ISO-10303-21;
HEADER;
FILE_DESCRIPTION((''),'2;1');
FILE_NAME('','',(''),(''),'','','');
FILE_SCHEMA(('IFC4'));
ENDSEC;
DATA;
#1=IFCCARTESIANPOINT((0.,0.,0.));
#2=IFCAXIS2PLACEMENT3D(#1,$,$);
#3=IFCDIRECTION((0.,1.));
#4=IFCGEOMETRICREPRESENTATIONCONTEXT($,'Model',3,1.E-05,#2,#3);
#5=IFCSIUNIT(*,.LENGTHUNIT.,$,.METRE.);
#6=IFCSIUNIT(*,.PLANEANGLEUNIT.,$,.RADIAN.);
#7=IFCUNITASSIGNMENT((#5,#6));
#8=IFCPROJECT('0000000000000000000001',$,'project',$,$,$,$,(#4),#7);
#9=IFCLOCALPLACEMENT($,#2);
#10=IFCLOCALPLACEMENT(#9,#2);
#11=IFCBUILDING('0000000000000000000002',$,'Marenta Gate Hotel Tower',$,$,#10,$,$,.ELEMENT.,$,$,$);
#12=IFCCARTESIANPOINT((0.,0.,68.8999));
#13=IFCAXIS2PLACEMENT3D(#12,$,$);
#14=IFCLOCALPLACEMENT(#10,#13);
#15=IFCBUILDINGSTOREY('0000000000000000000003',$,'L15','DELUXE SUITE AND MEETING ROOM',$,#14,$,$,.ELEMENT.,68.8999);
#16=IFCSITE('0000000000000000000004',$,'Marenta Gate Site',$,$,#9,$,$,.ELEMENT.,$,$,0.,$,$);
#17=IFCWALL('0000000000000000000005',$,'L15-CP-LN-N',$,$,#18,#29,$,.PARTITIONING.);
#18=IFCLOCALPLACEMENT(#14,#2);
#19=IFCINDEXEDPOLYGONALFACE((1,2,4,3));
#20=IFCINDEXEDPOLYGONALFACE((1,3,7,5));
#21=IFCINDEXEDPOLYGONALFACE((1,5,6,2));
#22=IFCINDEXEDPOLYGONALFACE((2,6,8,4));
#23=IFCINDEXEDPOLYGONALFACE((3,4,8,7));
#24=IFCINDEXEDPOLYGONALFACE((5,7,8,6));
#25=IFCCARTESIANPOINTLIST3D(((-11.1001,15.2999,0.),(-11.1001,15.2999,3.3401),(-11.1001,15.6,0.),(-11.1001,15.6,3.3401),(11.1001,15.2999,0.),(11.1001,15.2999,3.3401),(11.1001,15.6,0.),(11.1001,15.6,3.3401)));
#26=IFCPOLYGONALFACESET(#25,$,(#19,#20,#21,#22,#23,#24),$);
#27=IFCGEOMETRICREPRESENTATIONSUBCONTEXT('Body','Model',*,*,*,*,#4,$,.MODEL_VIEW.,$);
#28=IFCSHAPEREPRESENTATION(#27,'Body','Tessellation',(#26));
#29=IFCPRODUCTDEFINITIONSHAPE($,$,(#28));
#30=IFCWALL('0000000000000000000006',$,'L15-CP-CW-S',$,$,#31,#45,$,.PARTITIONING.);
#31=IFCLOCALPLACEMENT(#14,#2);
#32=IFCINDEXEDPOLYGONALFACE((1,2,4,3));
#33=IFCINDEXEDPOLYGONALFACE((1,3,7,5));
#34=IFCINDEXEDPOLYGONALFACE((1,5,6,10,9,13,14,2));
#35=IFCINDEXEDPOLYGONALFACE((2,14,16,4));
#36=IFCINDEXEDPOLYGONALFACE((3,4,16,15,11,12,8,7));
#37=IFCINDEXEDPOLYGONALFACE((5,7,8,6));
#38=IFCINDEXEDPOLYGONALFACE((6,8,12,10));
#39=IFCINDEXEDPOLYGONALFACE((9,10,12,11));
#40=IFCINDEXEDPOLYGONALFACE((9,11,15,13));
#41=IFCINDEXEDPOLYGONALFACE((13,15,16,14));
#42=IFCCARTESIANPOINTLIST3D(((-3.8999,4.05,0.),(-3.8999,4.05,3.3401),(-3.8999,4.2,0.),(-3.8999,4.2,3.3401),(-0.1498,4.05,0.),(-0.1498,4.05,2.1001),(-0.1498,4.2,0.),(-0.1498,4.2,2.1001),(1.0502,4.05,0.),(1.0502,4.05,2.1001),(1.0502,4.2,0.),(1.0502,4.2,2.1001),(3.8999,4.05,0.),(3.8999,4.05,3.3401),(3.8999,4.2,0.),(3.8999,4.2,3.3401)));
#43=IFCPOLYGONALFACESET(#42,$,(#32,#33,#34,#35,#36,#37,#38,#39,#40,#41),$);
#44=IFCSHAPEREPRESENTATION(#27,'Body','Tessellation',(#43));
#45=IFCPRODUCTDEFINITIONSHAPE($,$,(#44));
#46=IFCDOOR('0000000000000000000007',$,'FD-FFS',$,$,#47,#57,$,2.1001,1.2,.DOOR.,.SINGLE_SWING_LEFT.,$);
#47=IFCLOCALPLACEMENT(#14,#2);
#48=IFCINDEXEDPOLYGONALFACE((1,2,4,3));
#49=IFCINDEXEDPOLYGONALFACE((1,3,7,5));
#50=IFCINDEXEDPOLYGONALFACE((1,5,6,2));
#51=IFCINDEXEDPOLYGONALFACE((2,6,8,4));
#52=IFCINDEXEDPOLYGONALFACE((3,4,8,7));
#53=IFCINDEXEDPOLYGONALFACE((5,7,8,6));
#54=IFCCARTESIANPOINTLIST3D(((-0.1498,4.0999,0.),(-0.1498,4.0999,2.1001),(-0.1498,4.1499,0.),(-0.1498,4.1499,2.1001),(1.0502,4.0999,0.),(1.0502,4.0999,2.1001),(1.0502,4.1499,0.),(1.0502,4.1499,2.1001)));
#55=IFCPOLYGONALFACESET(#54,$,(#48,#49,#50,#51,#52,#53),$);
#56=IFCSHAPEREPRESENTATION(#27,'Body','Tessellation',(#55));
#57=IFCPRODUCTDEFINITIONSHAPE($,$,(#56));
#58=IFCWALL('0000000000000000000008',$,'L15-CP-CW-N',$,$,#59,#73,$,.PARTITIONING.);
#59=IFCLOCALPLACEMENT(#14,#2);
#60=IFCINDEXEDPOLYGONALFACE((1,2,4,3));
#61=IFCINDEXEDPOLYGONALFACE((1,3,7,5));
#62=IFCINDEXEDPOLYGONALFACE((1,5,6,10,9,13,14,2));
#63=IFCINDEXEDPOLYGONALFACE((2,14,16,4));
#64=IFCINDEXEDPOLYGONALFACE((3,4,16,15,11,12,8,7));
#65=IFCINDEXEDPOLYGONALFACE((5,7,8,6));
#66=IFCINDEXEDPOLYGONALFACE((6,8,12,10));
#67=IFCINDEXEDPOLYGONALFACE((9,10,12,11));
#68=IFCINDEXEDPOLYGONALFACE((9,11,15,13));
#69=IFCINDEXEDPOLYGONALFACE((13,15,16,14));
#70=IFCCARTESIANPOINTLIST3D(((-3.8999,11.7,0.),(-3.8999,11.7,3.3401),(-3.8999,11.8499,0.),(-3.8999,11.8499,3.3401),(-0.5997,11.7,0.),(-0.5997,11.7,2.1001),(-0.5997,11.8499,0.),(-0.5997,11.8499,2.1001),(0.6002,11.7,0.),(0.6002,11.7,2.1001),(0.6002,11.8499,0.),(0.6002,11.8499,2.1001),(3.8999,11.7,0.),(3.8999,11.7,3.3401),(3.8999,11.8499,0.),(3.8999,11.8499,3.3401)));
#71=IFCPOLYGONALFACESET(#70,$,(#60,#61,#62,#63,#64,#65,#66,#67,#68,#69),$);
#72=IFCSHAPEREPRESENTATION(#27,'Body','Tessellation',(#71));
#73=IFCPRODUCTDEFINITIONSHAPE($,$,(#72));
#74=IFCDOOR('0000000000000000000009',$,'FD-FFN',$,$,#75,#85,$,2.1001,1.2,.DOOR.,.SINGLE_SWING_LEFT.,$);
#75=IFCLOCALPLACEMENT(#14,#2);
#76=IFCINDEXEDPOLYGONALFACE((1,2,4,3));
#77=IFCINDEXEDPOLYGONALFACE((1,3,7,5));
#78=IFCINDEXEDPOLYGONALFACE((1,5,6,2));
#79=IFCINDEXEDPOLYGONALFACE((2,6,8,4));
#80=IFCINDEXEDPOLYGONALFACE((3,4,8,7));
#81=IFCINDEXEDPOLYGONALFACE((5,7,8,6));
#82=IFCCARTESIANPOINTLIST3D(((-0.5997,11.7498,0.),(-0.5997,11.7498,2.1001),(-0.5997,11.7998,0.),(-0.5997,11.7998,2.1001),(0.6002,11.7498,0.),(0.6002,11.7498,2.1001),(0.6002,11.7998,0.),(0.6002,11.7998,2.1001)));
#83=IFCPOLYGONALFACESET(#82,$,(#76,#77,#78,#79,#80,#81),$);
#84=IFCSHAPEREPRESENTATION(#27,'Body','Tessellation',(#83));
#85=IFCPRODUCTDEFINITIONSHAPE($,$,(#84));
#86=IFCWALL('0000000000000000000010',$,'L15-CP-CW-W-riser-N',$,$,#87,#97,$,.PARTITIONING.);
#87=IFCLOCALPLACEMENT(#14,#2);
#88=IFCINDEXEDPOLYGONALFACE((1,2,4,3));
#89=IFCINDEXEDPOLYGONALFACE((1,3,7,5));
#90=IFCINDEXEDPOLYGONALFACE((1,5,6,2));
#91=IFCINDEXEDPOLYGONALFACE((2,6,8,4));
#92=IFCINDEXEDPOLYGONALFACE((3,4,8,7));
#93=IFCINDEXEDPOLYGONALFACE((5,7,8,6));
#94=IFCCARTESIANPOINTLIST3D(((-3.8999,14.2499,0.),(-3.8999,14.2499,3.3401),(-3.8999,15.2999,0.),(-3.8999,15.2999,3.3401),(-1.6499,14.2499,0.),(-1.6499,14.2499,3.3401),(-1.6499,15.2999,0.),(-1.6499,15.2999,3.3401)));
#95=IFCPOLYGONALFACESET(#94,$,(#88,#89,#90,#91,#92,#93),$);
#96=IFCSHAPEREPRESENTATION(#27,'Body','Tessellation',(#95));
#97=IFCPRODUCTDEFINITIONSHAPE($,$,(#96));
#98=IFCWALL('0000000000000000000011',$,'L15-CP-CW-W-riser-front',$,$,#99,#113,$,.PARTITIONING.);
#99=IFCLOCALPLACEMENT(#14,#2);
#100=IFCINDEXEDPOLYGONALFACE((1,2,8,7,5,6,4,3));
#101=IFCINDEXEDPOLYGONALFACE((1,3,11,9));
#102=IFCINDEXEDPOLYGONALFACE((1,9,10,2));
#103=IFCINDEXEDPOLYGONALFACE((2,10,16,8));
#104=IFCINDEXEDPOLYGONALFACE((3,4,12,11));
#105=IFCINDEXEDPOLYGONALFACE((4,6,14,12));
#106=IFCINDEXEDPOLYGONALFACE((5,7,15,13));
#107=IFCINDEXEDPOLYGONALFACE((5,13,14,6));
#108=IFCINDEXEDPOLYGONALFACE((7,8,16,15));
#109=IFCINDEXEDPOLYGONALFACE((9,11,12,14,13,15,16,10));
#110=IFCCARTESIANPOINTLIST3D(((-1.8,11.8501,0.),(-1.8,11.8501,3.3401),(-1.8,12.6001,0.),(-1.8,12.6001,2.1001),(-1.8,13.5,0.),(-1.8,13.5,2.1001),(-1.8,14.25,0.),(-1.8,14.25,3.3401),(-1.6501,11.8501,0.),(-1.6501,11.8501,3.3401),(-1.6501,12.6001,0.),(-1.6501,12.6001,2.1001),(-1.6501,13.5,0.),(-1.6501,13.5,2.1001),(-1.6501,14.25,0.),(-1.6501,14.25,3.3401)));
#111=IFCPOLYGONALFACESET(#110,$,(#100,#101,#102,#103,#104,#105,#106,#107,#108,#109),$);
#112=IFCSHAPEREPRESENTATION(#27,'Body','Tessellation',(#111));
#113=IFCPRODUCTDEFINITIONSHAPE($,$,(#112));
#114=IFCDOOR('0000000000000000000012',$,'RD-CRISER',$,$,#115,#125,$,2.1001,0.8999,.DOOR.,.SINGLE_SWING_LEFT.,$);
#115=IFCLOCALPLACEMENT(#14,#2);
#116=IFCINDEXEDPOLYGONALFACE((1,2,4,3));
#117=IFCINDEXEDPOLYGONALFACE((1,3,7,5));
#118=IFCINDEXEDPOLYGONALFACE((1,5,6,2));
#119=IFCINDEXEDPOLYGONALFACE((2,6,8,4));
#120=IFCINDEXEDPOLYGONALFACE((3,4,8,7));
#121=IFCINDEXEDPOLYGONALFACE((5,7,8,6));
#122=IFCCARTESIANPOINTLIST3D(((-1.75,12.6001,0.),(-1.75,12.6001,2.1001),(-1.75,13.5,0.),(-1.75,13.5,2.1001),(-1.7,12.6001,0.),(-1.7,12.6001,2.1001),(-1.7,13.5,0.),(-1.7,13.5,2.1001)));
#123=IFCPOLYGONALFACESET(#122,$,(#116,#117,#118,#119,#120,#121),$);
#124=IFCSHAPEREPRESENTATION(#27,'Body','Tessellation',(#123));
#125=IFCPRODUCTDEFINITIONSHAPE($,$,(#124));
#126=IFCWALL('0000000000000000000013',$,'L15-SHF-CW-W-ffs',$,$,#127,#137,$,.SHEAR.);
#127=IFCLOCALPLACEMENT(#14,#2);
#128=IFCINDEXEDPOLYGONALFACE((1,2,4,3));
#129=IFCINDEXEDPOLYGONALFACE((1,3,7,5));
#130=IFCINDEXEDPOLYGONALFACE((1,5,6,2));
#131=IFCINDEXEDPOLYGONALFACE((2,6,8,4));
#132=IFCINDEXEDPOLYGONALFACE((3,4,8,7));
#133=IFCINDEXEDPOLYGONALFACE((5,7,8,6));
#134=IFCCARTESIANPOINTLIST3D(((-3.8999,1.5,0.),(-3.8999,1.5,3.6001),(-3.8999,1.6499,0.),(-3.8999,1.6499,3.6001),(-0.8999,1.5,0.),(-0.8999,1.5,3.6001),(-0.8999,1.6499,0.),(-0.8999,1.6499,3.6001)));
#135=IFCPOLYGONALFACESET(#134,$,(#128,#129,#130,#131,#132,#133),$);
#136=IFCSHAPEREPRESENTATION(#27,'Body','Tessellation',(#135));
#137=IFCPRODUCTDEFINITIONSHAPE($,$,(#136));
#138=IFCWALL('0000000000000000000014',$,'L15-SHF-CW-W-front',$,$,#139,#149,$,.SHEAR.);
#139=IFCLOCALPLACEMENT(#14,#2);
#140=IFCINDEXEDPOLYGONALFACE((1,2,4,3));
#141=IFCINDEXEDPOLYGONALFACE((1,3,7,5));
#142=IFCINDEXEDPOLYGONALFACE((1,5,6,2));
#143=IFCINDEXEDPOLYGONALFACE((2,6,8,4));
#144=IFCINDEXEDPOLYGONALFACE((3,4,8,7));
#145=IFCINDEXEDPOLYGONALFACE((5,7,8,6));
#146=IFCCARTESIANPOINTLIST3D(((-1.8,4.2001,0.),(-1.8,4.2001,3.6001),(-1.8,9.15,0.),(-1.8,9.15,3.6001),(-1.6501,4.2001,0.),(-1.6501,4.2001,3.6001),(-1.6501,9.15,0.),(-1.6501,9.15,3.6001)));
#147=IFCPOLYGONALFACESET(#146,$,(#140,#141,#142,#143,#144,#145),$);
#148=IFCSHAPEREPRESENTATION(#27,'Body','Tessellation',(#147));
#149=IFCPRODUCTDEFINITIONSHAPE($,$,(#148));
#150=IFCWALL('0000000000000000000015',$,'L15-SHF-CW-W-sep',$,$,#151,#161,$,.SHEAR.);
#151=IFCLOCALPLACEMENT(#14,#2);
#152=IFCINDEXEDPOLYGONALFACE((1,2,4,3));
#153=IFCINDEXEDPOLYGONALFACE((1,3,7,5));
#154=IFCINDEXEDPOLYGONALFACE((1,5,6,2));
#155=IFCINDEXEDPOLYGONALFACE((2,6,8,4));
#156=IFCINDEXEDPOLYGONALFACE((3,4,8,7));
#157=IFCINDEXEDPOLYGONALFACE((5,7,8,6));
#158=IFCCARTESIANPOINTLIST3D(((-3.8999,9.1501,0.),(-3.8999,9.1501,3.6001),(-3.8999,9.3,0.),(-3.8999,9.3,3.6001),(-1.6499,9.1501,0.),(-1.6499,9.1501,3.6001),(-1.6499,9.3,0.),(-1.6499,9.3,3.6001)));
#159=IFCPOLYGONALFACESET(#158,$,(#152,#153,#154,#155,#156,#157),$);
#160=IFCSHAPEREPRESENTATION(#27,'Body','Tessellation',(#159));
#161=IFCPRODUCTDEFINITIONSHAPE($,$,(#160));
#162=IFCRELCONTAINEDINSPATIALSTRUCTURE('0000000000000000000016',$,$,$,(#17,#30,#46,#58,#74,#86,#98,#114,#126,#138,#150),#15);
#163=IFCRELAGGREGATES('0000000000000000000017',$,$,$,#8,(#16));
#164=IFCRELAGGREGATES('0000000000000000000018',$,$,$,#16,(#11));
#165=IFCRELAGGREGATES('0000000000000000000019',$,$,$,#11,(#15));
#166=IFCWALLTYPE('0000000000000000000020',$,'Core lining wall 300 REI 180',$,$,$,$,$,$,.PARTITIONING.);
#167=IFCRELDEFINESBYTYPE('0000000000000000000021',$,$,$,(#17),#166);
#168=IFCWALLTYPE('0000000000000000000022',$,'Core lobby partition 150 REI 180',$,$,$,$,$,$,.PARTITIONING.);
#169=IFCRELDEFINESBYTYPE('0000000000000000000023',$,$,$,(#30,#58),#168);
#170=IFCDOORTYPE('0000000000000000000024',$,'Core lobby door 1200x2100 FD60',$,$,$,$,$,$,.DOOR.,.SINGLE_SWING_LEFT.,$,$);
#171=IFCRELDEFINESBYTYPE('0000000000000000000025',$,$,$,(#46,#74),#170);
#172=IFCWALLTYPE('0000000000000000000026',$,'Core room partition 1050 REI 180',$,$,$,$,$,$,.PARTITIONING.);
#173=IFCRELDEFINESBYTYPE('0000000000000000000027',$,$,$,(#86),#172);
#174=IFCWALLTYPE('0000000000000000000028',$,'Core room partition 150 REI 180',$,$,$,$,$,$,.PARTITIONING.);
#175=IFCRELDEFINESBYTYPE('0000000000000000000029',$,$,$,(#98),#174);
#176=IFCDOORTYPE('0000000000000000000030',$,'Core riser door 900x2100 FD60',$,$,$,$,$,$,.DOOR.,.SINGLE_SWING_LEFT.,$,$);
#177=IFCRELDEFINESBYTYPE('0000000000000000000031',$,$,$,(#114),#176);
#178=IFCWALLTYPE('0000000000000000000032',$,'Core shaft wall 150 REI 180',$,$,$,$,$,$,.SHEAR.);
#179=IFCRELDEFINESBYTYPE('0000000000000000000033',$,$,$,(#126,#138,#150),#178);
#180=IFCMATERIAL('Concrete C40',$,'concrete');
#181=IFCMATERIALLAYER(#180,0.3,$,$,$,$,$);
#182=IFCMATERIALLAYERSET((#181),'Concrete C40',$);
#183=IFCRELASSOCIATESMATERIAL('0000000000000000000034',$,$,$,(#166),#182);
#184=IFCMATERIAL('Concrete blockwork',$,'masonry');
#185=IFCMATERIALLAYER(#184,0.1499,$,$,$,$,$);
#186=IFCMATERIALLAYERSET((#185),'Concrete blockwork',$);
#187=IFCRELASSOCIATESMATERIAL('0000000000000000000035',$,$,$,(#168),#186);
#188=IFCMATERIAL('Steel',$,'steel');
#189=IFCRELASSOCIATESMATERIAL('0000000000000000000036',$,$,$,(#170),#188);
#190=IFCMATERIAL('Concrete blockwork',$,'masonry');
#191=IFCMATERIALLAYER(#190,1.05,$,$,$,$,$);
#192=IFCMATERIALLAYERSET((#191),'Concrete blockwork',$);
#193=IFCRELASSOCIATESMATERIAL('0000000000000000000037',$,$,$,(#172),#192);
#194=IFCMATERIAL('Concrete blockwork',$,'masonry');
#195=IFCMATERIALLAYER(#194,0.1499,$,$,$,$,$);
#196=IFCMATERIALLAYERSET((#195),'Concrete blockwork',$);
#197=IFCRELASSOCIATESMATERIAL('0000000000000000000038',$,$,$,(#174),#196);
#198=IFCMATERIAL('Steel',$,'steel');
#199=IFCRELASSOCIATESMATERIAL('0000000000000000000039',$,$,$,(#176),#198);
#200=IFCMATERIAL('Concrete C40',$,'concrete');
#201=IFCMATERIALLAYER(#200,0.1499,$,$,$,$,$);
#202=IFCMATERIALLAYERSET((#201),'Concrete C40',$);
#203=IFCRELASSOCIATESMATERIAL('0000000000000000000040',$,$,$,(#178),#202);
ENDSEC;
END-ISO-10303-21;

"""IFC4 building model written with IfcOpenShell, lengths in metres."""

from ifc_helpers import new_model, si_unit, direction, frame, frame_2d, origin, place, context, subcontext, project, spatial, rectangle, extrude, material, layer, layer_set, type_object, element, fill, save


model = new_model("IFC4")

# Units and contexts
model_context = context("Model", 3, precision=1e-05, world=origin(), true_north=direction((0.0, 1.0)))
body_context = subcontext(model_context, "Body", "Model", "MODEL_VIEW")
ifc_project = project(units=[si_unit("LENGTHUNIT", "METRE"), si_unit("PLANEANGLEUNIT", "RADIAN")], contexts=[model_context])

# Site, building, storey
site_placement = place(None, origin())
site = spatial("IfcSite", under=ifc_project, at=site_placement, Name="Marenta Gate Site", CompositionType="ELEMENT", RefElevation=0.0)
building_placement = place(site_placement, origin())
building = spatial("IfcBuilding", under=site, at=building_placement, Name="Marenta Gate Hotel Tower", CompositionType="ELEMENT")
storey_placement = place(building_placement, frame((0.0, 0.0, 68.8999)))
storey = spatial("IfcBuildingStorey", under=building, at=storey_placement, Name="L15", Description="DELUXE SUITE AND MEETING ROOM", CompositionType="ELEMENT", Elevation=68.8999)

# Wall
ifc_material_1 = material(Name="Concrete C40", Category="concrete")
ifc_layer_1 = layer(ifc_material_1, 0.3)
ifc_layer_set_1 = layer_set([ifc_layer_1], Name="Concrete C40")
wall_type_1 = type_object("IfcWallType", Name="Core lining wall 300 REI 180", PredefinedType="PARTITIONING", material=ifc_layer_set_1)
wall_1_placement = place(storey_placement, frame((-11.1001, 15.45, 0.0), z_axis=(0.0, 0.0, 1.0), x_axis=(1.0, 0.0, 0.0)))
element("IfcWall", 1, at=wall_1_placement, inside=storey, type_object=wall_type_1, Name="L15-CP-LN-N", PredefinedType="PARTITIONING", context=body_context, shape_type="SweptSolid", body=[
    extrude(rectangle(XDim=22.2002, YDim=0.3, at=frame_2d((11.1001, 0.0))), origin(), (0.0, 0.0, 1.0), 3.3401),
])

# Walls, openings, doors
ifc_material_2 = material(Name="Concrete blockwork", Category="masonry")
ifc_layer_2 = layer(ifc_material_2, 0.1499)
ifc_layer_set_2 = layer_set([ifc_layer_2], Name="Concrete blockwork")
wall_type_2 = type_object("IfcWallType", Name="Core lobby partition 150 REI 180", PredefinedType="PARTITIONING", material=ifc_layer_set_2)
wall_2_placement = place(storey_placement, frame((-3.8999, 4.125, 0.0), z_axis=(0.0, 0.0, 1.0), x_axis=(1.0, 0.0, 0.0)))
wall_2 = element("IfcWall", 2, at=wall_2_placement, inside=storey, type_object=wall_type_2, Name="L15-CP-CW-S", PredefinedType="PARTITIONING", context=body_context, shape_type="SweptSolid", body=[
    extrude(rectangle(XDim=7.7998, YDim=0.1499, at=frame_2d((3.8999, 0.0))), origin(), (0.0, 0.0, 1.0), 3.3401),
])
opening_1_placement = place(wall_2_placement, frame((3.75, 0.0, 0.0)))
opening_1 = element("IfcOpeningElement", 3, at=opening_1_placement, cuts=wall_2, PredefinedType="OPENING", context=body_context, shape_type="SweptSolid", body=[
    extrude(rectangle(XDim=1.2, YDim=2.1001, at=frame_2d((0.6001, 1.05))), frame((0.0, 0.075, 0.0), z_axis=(0.0, -1.0, 0.0), x_axis=(1.0, 0.0, 0.0)), (0.0, 0.0, 1.0), 0.1499),
])
ifc_material_3 = material(Name="Steel", Category="steel")
door_type_1 = type_object("IfcDoorType", Name="Core lobby door 1200x2100 FD60", OperationType="SINGLE_SWING_LEFT", PredefinedType="DOOR", material=ifc_material_3)
door_1_placement = place(opening_1_placement, origin())
door_1 = element("IfcDoor", 4, at=door_1_placement, inside=storey, type_object=door_type_1, Name="FD-FFS", OperationType="SINGLE_SWING_LEFT", OverallHeight=2.1001, OverallWidth=1.2, PredefinedType="DOOR", context=body_context, shape_type="SweptSolid", body=[
    extrude(rectangle(XDim=1.2, YDim=2.1001, at=frame_2d((0.6001, 1.05))), frame((0.0, 0.0249, 0.0), z_axis=(0.0, -1.0, 0.0), x_axis=(1.0, 0.0, 0.0)), (0.0, 0.0, 1.0), 0.05),
])
fill(opening_1, door_1)
wall_3_placement = place(storey_placement, frame((-3.8999, 11.7749, 0.0), z_axis=(0.0, 0.0, 1.0), x_axis=(1.0, 0.0, 0.0)))
wall_3 = element("IfcWall", 5, at=wall_3_placement, inside=storey, type_object=wall_type_2, Name="L15-CP-CW-N", PredefinedType="PARTITIONING", context=body_context, shape_type="SweptSolid", body=[
    extrude(rectangle(XDim=7.7998, YDim=0.1499, at=frame_2d((3.8999, 0.0))), origin(), (0.0, 0.0, 1.0), 3.3401),
])
opening_2_placement = place(wall_3_placement, frame((3.3, 0.0, 0.0)))
opening_2 = element("IfcOpeningElement", 6, at=opening_2_placement, cuts=wall_3, PredefinedType="OPENING", context=body_context, shape_type="SweptSolid", body=[
    extrude(rectangle(XDim=1.2, YDim=2.1001, at=frame_2d((0.6001, 1.05))), frame((0.0, 0.075, 0.0), z_axis=(0.0, -1.0, 0.0), x_axis=(1.0, 0.0, 0.0)), (0.0, 0.0, 1.0), 0.1499),
])
door_2_placement = place(opening_2_placement, origin())
door_2 = element("IfcDoor", 7, at=door_2_placement, inside=storey, type_object=door_type_1, Name="FD-FFN", OperationType="SINGLE_SWING_LEFT", OverallHeight=2.1001, OverallWidth=1.2, PredefinedType="DOOR", context=body_context, shape_type="SweptSolid", body=[
    extrude(rectangle(XDim=1.2, YDim=2.1001, at=frame_2d((0.6001, 1.05))), frame((0.0, 0.0249, 0.0), z_axis=(0.0, -1.0, 0.0), x_axis=(1.0, 0.0, 0.0)), (0.0, 0.0, 1.0), 0.05),
])
fill(opening_2, door_2)

# Wall
ifc_material_4 = material(Name="Concrete blockwork", Category="masonry")
ifc_layer_3 = layer(ifc_material_4, 1.05)
ifc_layer_set_3 = layer_set([ifc_layer_3], Name="Concrete blockwork")
wall_type_3 = type_object("IfcWallType", Name="Core room partition 1050 REI 180", PredefinedType="PARTITIONING", material=ifc_layer_set_3)
wall_4_placement = place(storey_placement, frame((-3.8999, 14.7749, 0.0), z_axis=(0.0, 0.0, 1.0), x_axis=(1.0, 0.0, 0.0)))
element("IfcWall", 8, at=wall_4_placement, inside=storey, type_object=wall_type_3, Name="L15-CP-CW-W-riser-N", PredefinedType="PARTITIONING", context=body_context, shape_type="SweptSolid", body=[
    extrude(rectangle(XDim=2.25, YDim=1.05, at=frame_2d((1.125, 0.0))), origin(), (0.0, 0.0, 1.0), 3.3401),
])

# Wall, opening, door
ifc_material_5 = material(Name="Concrete blockwork", Category="masonry")
ifc_layer_4 = layer(ifc_material_5, 0.1499)
ifc_layer_set_4 = layer_set([ifc_layer_4], Name="Concrete blockwork")
wall_type_4 = type_object("IfcWallType", Name="Core room partition 150 REI 180", PredefinedType="PARTITIONING", material=ifc_layer_set_4)
wall_5_placement = place(storey_placement, frame((-1.7251, 11.8501, 0.0), z_axis=(0.0, 0.0, 1.0), x_axis=(0.0, 1.0, 0.0)))
wall_5 = element("IfcWall", 9, at=wall_5_placement, inside=storey, type_object=wall_type_4, Name="L15-CP-CW-W-riser-front", PredefinedType="PARTITIONING", context=body_context, shape_type="SweptSolid", body=[
    extrude(rectangle(XDim=2.3999, YDim=0.1499, at=frame_2d((1.2, 0.0))), origin(), (0.0, 0.0, 1.0), 3.3401),
])
opening_3_placement = place(wall_5_placement, frame((0.75, 0.0, 0.0)))
opening_3 = element("IfcOpeningElement", 10, at=opening_3_placement, cuts=wall_5, PredefinedType="OPENING", context=body_context, shape_type="SweptSolid", body=[
    extrude(rectangle(XDim=0.8999, YDim=2.1001, at=frame_2d((0.45, 1.05))), frame((0.0, 0.075, 0.0), z_axis=(0.0, -1.0, 0.0), x_axis=(1.0, 0.0, 0.0)), (0.0, 0.0, 1.0), 0.1499),
])
ifc_material_6 = material(Name="Steel", Category="steel")
door_type_2 = type_object("IfcDoorType", Name="Core riser door 900x2100 FD60", OperationType="SINGLE_SWING_LEFT", PredefinedType="DOOR", material=ifc_material_6)
door_3_placement = place(opening_3_placement, origin())
door_3 = element("IfcDoor", 11, at=door_3_placement, inside=storey, type_object=door_type_2, Name="RD-CRISER", OperationType="SINGLE_SWING_LEFT", OverallHeight=2.1001, OverallWidth=0.8999, PredefinedType="DOOR", context=body_context, shape_type="SweptSolid", body=[
    extrude(rectangle(XDim=0.8999, YDim=2.1001, at=frame_2d((0.45, 1.05))), frame((0.0, 0.0249, 0.0), z_axis=(0.0, -1.0, 0.0), x_axis=(1.0, 0.0, 0.0)), (0.0, 0.0, 1.0), 0.05),
])
fill(opening_3, door_3)

# Walls
ifc_material_7 = material(Name="Concrete C40", Category="concrete")
ifc_layer_5 = layer(ifc_material_7, 0.1499)
ifc_layer_set_5 = layer_set([ifc_layer_5], Name="Concrete C40")
wall_type_5 = type_object("IfcWallType", Name="Core shaft wall 150 REI 180", PredefinedType="SHEAR", material=ifc_layer_set_5)
wall_6_placement = place(storey_placement, frame((-3.8999, 1.575, 0.0), z_axis=(0.0, 0.0, 1.0), x_axis=(1.0, 0.0, 0.0)))
element("IfcWall", 12, at=wall_6_placement, inside=storey, type_object=wall_type_5, Name="L15-SHF-CW-W-ffs", PredefinedType="SHEAR", context=body_context, shape_type="SweptSolid", body=[
    extrude(rectangle(XDim=3.0, YDim=0.1499, at=frame_2d((1.5, 0.0))), origin(), (0.0, 0.0, 1.0), 3.6001),
])
wall_7_placement = place(storey_placement, frame((-1.7251, 4.2, 0.0), z_axis=(0.0, 0.0, 1.0), x_axis=(0.0, 1.0, 0.0)))
element("IfcWall", 13, at=wall_7_placement, inside=storey, type_object=wall_type_5, Name="L15-SHF-CW-W-front", PredefinedType="SHEAR", context=body_context, shape_type="SweptSolid", body=[
    extrude(rectangle(XDim=4.95, YDim=0.1499, at=frame_2d((2.4751, 0.0))), origin(), (0.0, 0.0, 1.0), 3.6001),
])
wall_8_placement = place(storey_placement, frame((-3.8999, 9.2251, 0.0), z_axis=(0.0, 0.0, 1.0), x_axis=(1.0, 0.0, 0.0)))
element("IfcWall", 14, at=wall_8_placement, inside=storey, type_object=wall_type_5, Name="L15-SHF-CW-W-sep", PredefinedType="SHEAR", context=body_context, shape_type="SweptSolid", body=[
    extrude(rectangle(XDim=2.25, YDim=0.1499, at=frame_2d((1.125, 0.0))), origin(), (0.0, 0.0, 1.0), 3.6001),
])

save(model, "model.ifc")
